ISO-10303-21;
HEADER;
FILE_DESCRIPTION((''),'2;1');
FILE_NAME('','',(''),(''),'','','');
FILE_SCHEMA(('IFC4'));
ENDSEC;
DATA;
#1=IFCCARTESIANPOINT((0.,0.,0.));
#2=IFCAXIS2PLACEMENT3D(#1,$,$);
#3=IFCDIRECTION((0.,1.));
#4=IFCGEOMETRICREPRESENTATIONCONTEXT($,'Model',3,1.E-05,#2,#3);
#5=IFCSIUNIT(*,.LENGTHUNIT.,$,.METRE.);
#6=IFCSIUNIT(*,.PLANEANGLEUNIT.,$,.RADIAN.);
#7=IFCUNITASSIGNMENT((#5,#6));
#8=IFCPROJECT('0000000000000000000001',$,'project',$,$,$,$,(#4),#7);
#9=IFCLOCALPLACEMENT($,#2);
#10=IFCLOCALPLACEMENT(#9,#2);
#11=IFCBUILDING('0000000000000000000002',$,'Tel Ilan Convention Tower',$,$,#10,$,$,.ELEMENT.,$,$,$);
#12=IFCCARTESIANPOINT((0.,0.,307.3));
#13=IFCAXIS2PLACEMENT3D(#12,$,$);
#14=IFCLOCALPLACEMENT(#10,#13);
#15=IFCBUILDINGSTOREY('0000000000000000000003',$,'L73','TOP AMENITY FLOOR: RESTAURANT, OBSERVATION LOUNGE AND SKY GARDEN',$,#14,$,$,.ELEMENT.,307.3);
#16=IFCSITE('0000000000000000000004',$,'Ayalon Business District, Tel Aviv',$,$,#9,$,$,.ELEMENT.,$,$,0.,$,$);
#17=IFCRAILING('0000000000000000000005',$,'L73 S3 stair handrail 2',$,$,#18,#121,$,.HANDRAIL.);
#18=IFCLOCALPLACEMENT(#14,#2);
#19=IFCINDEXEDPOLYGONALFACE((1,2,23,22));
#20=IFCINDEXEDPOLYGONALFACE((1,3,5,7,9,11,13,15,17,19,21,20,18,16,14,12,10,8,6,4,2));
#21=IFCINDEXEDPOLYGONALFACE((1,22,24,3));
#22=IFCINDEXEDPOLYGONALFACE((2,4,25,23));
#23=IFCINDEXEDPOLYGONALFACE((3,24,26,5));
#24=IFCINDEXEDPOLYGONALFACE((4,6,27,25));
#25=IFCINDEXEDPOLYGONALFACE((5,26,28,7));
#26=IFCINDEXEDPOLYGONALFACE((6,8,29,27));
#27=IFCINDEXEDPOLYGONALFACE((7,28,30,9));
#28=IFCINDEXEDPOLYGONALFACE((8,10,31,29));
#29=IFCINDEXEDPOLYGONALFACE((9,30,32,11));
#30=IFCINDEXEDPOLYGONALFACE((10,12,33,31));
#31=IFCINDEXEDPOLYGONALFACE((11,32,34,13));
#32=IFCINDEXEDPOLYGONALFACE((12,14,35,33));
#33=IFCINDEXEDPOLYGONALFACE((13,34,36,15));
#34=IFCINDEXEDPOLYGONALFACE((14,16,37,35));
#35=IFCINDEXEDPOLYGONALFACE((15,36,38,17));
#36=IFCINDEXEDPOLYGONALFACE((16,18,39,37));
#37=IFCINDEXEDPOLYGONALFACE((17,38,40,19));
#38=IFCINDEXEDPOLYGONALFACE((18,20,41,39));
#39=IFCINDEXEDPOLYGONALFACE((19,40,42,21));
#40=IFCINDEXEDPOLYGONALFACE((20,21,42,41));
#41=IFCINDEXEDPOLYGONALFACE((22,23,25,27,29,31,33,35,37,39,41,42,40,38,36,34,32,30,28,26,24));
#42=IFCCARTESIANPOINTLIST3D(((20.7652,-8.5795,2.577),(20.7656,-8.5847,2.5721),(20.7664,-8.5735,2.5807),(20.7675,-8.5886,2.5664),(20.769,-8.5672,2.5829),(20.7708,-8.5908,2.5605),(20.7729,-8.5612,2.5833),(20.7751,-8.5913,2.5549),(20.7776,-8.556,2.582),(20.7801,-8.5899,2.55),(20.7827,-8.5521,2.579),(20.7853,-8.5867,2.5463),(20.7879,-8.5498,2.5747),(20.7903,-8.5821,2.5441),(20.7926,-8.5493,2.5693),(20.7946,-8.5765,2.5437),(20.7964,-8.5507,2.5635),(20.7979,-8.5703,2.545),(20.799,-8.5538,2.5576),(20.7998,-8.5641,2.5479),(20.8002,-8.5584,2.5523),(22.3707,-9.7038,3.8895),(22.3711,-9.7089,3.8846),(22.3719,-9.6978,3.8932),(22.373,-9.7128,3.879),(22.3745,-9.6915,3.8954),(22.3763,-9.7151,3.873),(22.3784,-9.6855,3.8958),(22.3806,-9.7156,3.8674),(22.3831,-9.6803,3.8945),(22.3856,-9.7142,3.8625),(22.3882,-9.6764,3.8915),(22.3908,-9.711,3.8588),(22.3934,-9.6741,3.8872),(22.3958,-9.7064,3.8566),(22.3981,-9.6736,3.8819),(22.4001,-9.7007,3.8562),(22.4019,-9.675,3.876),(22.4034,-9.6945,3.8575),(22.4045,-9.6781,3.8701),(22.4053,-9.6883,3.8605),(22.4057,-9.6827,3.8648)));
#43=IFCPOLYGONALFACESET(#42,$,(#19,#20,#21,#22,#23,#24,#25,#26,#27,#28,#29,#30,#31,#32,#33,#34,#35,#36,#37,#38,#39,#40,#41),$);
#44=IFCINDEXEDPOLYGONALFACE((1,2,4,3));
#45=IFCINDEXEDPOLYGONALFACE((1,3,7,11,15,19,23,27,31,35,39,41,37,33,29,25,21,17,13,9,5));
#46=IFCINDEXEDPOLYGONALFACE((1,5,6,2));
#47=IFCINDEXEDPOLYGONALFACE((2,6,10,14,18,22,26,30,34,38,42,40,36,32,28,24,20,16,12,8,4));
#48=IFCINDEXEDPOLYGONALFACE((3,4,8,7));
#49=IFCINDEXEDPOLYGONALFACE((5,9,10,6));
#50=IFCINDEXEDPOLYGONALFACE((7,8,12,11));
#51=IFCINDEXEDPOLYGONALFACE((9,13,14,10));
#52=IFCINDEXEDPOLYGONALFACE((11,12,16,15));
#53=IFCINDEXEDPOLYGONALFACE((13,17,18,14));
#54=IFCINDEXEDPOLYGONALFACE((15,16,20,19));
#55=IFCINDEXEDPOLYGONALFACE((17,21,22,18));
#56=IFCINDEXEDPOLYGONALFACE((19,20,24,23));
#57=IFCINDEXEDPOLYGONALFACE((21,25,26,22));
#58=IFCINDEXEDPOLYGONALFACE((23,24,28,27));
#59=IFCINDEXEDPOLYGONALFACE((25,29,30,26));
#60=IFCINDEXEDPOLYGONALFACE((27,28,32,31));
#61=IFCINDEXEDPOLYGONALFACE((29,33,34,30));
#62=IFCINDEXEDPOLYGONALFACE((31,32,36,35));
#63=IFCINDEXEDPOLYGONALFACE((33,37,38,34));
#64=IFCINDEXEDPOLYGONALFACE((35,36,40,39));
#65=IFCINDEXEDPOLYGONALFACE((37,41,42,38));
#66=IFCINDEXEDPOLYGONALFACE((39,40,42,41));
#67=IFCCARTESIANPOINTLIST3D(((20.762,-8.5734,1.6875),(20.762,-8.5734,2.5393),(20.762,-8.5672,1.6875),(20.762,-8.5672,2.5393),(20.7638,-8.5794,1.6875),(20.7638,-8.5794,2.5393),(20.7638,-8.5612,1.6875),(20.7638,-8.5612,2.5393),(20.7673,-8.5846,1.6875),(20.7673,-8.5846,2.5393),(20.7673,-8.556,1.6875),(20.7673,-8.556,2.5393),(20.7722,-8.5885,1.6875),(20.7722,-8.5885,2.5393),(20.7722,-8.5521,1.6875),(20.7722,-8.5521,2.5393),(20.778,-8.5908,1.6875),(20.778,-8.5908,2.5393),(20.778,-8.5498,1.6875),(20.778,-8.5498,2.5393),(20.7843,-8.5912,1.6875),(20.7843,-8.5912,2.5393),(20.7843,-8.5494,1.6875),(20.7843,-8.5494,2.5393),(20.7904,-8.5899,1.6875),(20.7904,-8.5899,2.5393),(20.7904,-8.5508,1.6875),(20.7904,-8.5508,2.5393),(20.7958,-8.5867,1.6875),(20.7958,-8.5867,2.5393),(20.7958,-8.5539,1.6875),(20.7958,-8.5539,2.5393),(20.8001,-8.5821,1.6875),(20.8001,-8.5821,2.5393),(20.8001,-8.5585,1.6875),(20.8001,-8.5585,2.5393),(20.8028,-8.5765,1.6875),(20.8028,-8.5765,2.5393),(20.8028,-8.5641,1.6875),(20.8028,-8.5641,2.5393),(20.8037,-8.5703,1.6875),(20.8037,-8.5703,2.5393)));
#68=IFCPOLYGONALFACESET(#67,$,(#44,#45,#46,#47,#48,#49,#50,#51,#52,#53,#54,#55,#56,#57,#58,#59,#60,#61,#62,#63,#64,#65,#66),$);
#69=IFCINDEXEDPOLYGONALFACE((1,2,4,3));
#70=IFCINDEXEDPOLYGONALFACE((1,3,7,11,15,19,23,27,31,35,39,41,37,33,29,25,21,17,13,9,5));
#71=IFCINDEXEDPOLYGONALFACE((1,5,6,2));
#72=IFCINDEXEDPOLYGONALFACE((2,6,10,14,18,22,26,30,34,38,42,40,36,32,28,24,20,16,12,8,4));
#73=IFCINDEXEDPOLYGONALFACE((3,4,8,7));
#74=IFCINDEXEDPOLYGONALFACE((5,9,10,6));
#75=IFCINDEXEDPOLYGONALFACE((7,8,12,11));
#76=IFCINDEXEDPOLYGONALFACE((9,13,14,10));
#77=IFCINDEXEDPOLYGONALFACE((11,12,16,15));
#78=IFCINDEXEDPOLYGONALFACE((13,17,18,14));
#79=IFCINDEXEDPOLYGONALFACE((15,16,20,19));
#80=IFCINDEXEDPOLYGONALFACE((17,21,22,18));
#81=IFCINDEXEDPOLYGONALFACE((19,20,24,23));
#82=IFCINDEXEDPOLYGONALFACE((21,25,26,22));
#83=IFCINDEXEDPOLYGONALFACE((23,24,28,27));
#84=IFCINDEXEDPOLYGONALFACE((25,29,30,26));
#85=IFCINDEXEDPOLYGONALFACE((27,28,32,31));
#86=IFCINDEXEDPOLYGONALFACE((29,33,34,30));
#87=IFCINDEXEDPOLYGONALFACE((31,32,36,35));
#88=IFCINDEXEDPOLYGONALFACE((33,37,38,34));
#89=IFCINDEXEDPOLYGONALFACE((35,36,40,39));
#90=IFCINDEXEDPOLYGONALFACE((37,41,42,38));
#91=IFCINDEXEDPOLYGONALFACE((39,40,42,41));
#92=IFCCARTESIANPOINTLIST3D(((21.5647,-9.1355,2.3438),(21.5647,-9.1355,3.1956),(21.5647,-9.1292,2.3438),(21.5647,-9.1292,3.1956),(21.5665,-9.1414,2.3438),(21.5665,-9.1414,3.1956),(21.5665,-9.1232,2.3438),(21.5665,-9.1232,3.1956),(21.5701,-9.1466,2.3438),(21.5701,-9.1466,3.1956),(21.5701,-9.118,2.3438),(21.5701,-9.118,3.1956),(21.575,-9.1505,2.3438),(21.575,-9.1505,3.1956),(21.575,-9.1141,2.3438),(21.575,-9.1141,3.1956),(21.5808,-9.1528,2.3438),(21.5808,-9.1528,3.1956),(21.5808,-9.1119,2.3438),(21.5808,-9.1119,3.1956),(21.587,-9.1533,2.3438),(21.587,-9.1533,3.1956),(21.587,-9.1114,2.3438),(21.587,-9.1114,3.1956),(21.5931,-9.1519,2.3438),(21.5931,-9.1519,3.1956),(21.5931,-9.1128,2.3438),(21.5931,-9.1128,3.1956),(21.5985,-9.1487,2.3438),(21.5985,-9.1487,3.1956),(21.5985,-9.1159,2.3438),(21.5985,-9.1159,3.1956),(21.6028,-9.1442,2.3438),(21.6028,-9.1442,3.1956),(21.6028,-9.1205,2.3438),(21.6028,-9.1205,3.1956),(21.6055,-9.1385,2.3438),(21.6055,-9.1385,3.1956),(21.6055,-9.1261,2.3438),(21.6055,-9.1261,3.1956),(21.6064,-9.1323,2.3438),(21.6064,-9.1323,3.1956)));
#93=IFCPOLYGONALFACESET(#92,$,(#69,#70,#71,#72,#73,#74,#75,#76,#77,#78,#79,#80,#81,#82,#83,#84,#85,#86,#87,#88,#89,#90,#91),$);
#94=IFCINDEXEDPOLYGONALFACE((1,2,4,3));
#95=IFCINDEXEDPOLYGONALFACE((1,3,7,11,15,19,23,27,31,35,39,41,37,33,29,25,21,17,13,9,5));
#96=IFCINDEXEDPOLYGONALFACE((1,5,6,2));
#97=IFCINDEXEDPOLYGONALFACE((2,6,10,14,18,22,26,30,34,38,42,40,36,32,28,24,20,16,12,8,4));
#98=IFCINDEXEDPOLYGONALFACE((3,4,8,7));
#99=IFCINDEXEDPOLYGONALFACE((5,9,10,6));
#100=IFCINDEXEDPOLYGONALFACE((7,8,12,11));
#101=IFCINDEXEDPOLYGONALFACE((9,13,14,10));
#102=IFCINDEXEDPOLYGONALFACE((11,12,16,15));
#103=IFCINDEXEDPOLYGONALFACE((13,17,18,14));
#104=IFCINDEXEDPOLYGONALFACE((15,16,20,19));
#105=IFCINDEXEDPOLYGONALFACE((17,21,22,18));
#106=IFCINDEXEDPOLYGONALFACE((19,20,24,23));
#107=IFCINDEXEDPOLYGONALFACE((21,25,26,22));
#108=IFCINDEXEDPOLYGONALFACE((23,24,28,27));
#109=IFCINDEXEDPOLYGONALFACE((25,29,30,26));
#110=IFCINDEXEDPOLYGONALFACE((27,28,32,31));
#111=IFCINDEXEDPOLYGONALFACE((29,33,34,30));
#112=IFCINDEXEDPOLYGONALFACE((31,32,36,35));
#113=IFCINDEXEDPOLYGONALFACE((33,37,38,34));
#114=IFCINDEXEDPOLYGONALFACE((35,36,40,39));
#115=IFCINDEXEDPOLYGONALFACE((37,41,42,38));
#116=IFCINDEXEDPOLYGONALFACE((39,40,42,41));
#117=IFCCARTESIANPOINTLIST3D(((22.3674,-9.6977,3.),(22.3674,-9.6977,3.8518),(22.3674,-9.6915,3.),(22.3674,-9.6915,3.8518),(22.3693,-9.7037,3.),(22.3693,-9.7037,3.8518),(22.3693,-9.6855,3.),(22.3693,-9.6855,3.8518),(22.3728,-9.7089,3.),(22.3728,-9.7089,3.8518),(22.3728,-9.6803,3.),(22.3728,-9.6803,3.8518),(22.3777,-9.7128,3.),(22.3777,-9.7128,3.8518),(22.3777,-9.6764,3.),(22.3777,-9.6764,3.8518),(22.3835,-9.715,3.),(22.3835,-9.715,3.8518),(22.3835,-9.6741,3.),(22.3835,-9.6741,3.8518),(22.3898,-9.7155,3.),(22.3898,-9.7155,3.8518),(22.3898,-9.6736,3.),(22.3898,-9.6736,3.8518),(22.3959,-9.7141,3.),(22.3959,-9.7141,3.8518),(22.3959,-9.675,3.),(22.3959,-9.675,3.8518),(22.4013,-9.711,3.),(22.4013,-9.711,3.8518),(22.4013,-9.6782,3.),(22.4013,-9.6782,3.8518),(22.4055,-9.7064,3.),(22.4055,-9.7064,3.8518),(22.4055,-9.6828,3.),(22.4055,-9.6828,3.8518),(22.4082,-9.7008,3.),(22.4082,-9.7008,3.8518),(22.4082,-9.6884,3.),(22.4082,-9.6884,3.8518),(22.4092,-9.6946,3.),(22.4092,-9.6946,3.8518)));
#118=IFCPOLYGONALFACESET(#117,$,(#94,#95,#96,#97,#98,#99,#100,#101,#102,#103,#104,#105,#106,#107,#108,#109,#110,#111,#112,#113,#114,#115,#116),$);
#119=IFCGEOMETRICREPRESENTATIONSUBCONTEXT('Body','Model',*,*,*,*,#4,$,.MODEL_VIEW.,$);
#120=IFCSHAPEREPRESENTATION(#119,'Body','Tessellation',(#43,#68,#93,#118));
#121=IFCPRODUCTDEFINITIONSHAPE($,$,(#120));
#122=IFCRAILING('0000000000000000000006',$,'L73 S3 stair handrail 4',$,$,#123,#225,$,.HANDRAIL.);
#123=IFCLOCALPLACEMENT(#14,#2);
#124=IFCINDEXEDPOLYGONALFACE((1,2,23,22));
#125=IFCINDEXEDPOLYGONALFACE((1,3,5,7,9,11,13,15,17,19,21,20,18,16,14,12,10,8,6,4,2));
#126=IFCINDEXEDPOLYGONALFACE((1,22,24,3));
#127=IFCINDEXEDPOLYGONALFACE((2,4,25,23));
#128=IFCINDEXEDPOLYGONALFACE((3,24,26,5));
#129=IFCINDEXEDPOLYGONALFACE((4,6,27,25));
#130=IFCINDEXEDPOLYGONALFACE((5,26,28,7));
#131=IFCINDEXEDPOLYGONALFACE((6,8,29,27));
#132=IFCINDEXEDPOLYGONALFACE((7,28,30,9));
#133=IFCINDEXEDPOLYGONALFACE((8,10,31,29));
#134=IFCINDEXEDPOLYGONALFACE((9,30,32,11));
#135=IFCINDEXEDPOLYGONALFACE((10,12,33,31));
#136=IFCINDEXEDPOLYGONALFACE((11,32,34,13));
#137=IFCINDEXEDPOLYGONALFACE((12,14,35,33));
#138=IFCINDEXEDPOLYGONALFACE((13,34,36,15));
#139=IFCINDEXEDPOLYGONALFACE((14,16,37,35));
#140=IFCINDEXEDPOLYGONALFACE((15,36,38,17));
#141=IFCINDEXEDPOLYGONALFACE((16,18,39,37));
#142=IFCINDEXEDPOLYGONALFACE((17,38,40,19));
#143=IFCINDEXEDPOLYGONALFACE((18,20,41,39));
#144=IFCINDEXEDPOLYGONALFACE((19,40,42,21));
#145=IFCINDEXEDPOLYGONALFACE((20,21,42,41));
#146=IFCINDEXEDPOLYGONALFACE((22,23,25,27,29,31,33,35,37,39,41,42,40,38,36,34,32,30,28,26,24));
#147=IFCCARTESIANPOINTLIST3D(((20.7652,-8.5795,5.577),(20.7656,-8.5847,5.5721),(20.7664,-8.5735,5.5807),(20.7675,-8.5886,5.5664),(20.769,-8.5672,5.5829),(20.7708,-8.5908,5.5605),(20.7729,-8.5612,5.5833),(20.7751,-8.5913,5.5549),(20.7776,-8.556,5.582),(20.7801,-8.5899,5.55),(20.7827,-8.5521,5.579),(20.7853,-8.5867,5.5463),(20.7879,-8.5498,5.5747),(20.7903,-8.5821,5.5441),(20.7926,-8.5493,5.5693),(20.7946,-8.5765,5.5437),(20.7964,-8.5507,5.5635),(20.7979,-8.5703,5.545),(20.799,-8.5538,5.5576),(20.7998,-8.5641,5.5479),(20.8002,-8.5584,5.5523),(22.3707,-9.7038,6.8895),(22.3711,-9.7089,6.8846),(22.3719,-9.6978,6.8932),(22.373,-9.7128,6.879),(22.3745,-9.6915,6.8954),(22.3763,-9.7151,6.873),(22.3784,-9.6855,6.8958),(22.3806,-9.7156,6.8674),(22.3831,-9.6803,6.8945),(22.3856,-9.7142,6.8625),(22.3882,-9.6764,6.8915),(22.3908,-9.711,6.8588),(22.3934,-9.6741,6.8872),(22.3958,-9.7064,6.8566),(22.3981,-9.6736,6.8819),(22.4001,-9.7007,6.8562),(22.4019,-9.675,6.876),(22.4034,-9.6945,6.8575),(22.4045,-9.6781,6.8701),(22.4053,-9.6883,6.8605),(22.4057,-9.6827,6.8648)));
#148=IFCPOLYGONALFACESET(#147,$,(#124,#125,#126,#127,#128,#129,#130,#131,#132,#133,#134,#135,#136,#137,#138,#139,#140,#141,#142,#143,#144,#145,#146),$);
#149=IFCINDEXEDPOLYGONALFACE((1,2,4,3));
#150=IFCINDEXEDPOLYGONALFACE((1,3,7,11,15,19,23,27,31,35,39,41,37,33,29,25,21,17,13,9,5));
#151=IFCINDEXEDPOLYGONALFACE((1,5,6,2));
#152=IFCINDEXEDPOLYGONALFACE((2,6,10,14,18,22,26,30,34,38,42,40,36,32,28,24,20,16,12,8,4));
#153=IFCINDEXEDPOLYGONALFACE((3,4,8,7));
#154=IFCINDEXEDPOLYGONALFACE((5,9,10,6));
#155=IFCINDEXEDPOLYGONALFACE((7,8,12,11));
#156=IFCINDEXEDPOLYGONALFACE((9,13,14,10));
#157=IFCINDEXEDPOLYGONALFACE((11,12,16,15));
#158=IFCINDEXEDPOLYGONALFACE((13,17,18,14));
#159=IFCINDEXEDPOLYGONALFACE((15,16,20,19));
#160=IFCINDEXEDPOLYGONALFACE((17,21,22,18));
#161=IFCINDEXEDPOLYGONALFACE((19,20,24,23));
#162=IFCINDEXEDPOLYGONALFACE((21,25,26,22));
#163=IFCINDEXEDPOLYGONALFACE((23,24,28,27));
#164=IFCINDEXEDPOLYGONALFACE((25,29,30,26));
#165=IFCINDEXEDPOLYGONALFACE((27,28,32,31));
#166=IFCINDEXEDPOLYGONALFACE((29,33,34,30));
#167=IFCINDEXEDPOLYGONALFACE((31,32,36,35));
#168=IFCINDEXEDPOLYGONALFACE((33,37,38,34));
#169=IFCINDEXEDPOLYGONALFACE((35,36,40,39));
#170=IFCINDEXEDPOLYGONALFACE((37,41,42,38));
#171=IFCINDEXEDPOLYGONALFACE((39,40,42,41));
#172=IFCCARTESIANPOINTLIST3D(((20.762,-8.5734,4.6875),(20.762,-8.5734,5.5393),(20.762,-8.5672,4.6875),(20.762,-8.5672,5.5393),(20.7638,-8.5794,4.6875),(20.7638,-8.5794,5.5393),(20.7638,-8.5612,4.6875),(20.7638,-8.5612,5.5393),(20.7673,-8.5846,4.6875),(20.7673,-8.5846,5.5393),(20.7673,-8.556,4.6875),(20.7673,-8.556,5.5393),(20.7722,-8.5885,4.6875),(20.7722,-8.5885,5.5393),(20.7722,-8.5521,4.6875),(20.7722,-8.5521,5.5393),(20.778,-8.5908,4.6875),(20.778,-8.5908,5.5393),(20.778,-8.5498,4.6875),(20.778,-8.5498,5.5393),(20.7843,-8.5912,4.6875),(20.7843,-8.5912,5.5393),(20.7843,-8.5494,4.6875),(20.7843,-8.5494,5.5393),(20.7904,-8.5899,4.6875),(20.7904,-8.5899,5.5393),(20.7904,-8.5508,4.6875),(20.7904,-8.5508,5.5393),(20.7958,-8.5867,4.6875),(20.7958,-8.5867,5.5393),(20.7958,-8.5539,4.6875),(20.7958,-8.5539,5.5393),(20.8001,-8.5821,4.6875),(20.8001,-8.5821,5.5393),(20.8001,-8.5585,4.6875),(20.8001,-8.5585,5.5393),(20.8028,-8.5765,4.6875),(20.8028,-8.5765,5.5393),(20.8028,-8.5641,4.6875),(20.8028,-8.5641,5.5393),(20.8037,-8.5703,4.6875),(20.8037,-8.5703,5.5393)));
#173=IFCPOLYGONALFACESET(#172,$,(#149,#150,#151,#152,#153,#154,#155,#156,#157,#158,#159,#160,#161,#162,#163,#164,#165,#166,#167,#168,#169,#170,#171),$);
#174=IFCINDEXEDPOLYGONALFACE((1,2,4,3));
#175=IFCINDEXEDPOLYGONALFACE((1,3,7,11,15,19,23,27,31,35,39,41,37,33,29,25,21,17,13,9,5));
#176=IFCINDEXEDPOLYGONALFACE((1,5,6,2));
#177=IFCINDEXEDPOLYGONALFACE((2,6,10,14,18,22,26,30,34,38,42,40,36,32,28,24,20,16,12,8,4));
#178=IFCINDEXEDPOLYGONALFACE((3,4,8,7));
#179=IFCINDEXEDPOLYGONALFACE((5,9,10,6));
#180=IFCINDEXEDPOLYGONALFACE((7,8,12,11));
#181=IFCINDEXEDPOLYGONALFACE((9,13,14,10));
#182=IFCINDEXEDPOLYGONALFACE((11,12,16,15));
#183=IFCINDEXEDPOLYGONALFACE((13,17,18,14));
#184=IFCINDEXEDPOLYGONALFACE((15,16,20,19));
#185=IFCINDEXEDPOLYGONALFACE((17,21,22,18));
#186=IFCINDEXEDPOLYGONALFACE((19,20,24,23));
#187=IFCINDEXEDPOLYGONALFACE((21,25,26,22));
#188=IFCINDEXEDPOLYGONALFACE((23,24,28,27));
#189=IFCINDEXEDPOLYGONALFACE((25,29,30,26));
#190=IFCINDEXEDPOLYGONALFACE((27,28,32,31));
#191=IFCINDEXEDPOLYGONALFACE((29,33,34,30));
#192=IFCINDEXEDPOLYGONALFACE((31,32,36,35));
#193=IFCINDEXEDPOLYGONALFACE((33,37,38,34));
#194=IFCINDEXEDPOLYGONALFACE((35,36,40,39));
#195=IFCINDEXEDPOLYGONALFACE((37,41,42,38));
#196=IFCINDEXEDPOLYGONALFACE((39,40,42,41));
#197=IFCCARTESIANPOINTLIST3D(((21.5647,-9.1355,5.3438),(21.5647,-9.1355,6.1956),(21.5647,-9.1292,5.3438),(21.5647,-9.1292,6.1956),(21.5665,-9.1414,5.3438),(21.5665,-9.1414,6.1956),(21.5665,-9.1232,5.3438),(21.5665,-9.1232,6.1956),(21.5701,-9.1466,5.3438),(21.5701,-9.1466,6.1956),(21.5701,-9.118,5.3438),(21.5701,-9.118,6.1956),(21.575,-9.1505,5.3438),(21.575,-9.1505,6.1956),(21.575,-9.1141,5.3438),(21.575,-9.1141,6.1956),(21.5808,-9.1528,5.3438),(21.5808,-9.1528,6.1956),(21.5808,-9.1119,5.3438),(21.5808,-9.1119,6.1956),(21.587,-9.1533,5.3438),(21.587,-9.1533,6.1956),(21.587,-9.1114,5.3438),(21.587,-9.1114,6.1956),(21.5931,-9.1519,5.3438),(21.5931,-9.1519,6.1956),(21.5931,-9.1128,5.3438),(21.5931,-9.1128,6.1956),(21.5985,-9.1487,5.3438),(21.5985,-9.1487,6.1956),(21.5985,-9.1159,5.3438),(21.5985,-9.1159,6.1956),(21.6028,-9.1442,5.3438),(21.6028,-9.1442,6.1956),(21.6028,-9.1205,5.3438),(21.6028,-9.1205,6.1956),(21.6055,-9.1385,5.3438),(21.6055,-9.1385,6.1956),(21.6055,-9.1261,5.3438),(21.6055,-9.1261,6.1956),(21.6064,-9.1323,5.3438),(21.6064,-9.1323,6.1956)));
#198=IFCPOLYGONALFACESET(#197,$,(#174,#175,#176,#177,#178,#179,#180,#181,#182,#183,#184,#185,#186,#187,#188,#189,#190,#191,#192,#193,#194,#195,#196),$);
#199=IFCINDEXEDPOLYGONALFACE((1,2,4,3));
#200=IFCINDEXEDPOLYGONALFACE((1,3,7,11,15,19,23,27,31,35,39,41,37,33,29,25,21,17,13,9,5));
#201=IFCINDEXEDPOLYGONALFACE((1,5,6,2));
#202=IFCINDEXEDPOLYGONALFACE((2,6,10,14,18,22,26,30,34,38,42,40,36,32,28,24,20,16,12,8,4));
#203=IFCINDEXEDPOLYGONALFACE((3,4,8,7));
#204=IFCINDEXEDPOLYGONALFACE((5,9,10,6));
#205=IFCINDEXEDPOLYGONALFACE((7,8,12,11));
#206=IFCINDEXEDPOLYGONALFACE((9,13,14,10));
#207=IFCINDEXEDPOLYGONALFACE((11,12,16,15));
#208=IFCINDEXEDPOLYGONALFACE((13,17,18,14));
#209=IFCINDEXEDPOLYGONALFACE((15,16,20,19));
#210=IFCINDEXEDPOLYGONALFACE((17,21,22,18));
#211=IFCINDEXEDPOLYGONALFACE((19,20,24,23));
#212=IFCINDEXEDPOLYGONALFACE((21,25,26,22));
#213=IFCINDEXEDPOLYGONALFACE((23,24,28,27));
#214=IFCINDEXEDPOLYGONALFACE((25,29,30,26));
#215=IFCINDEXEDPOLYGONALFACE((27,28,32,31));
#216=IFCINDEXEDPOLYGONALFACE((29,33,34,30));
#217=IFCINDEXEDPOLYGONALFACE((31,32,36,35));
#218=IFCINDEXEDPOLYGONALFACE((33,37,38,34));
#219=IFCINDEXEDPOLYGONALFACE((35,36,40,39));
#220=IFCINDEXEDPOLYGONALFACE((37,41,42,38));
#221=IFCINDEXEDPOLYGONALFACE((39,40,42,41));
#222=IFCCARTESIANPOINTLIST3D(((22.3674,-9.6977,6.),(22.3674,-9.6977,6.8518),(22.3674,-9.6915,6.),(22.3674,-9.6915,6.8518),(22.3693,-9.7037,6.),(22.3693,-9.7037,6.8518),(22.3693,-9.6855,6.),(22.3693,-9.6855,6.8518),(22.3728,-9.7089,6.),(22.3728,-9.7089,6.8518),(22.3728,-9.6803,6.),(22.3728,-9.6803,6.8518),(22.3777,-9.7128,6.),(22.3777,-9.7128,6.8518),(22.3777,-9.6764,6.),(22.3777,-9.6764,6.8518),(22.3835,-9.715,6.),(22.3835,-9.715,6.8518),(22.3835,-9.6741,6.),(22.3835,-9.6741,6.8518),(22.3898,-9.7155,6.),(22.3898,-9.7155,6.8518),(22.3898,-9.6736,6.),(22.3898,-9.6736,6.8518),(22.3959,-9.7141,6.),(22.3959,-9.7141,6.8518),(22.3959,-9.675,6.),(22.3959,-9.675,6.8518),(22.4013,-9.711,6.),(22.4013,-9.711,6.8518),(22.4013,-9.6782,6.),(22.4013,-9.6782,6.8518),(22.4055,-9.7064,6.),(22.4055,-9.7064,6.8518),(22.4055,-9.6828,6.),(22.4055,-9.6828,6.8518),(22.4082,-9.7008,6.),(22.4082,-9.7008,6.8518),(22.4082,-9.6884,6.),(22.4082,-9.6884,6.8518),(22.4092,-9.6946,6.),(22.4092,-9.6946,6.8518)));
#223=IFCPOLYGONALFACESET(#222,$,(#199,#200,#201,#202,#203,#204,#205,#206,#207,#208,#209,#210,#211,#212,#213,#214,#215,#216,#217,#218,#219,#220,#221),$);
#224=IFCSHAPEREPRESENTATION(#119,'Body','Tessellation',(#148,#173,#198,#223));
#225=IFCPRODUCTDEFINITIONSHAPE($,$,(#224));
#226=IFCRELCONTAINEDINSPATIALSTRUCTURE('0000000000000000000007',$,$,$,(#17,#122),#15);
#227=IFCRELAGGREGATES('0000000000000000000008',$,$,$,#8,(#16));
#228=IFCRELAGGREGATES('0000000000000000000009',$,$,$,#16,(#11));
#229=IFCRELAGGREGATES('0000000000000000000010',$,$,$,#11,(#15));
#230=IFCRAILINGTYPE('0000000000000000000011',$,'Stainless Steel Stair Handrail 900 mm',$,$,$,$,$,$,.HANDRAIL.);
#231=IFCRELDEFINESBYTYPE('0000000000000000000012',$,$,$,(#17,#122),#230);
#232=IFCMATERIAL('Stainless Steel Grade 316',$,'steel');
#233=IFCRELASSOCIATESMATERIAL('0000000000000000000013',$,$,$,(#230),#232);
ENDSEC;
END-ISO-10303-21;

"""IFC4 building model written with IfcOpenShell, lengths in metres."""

from ifc_helpers import new_model, si_unit, direction, frame, origin, origin_2d, place, context, subcontext, project, spatial, circle, extrude, material, type_object, element, save


model = new_model("IFC4")

# Units and contexts
model_context = context("Model", 3, precision=1e-05, world=origin(), true_north=direction((0.0, 1.0)))
body_context = subcontext(model_context, "Body", "Model", "MODEL_VIEW")
ifc_project = project(units=[si_unit("LENGTHUNIT", "METRE"), si_unit("PLANEANGLEUNIT", "RADIAN")], contexts=[model_context])

# Site, building, storey
site_placement = place(None, origin())
site = spatial("IfcSite", under=ifc_project, at=site_placement, Name="Ayalon Business District, Tel Aviv", CompositionType="ELEMENT", RefElevation=0.0)
building_placement = place(site_placement, origin())
building = spatial("IfcBuilding", under=site, at=building_placement, Name="Tel Ilan Convention Tower", CompositionType="ELEMENT")
storey_placement = place(building_placement, frame((0.0, 0.0, 307.3)))
storey = spatial("IfcBuildingStorey", under=building, at=storey_placement, Name="L73", Description="TOP AMENITY FLOOR: RESTAURANT, OBSERVATION LOUNGE AND SKY GARDEN", CompositionType="ELEMENT", Elevation=307.3)

# Railings
ifc_material_1 = material(Name="Stainless Steel Grade 316", Category="steel")
railing_type_1 = type_object("IfcRailingType", Name="Stainless Steel Stair Handrail 900 mm", PredefinedType="HANDRAIL", material=ifc_material_1)
for number, where, name in (
    (1, (20.7827, -8.5703, 1.6875), "L73 S3 stair handrail 2"),
    (2, (20.7827, -8.5703, 4.6875), "L73 S3 stair handrail 4"),
):
    element("IfcRailing", number, at=place(storey_placement, frame(where)), inside=storey, type_object=railing_type_1, Name=name, PredefinedType="HANDRAIL", context=body_context, shape_type="SweptSolid", body=[
        extrude(circle(Radius=0.0239, at=origin_2d()), frame((0.0, 0.0, 0.876), z_axis=(0.680616, -0.476617, 0.556416), x_axis=(0.573613, 0.819127, 0.0)), (0.0, 0.0, 1.0), 2.3589),
        extrude(circle(Radius=0.021, at=origin_2d()), origin(), (0.0, 0.0, 1.0), 0.8518),
        extrude(circle(Radius=0.021, at=origin_2d()), frame((0.8027, -0.562, 0.6562)), (0.0, 0.0, 1.0), 0.8518),
        extrude(circle(Radius=0.021, at=origin_2d()), frame((1.6055, -1.1243, 1.3125)), (0.0, 0.0, 1.0), 0.8518),
    ])

save(model, "model.ifc")
